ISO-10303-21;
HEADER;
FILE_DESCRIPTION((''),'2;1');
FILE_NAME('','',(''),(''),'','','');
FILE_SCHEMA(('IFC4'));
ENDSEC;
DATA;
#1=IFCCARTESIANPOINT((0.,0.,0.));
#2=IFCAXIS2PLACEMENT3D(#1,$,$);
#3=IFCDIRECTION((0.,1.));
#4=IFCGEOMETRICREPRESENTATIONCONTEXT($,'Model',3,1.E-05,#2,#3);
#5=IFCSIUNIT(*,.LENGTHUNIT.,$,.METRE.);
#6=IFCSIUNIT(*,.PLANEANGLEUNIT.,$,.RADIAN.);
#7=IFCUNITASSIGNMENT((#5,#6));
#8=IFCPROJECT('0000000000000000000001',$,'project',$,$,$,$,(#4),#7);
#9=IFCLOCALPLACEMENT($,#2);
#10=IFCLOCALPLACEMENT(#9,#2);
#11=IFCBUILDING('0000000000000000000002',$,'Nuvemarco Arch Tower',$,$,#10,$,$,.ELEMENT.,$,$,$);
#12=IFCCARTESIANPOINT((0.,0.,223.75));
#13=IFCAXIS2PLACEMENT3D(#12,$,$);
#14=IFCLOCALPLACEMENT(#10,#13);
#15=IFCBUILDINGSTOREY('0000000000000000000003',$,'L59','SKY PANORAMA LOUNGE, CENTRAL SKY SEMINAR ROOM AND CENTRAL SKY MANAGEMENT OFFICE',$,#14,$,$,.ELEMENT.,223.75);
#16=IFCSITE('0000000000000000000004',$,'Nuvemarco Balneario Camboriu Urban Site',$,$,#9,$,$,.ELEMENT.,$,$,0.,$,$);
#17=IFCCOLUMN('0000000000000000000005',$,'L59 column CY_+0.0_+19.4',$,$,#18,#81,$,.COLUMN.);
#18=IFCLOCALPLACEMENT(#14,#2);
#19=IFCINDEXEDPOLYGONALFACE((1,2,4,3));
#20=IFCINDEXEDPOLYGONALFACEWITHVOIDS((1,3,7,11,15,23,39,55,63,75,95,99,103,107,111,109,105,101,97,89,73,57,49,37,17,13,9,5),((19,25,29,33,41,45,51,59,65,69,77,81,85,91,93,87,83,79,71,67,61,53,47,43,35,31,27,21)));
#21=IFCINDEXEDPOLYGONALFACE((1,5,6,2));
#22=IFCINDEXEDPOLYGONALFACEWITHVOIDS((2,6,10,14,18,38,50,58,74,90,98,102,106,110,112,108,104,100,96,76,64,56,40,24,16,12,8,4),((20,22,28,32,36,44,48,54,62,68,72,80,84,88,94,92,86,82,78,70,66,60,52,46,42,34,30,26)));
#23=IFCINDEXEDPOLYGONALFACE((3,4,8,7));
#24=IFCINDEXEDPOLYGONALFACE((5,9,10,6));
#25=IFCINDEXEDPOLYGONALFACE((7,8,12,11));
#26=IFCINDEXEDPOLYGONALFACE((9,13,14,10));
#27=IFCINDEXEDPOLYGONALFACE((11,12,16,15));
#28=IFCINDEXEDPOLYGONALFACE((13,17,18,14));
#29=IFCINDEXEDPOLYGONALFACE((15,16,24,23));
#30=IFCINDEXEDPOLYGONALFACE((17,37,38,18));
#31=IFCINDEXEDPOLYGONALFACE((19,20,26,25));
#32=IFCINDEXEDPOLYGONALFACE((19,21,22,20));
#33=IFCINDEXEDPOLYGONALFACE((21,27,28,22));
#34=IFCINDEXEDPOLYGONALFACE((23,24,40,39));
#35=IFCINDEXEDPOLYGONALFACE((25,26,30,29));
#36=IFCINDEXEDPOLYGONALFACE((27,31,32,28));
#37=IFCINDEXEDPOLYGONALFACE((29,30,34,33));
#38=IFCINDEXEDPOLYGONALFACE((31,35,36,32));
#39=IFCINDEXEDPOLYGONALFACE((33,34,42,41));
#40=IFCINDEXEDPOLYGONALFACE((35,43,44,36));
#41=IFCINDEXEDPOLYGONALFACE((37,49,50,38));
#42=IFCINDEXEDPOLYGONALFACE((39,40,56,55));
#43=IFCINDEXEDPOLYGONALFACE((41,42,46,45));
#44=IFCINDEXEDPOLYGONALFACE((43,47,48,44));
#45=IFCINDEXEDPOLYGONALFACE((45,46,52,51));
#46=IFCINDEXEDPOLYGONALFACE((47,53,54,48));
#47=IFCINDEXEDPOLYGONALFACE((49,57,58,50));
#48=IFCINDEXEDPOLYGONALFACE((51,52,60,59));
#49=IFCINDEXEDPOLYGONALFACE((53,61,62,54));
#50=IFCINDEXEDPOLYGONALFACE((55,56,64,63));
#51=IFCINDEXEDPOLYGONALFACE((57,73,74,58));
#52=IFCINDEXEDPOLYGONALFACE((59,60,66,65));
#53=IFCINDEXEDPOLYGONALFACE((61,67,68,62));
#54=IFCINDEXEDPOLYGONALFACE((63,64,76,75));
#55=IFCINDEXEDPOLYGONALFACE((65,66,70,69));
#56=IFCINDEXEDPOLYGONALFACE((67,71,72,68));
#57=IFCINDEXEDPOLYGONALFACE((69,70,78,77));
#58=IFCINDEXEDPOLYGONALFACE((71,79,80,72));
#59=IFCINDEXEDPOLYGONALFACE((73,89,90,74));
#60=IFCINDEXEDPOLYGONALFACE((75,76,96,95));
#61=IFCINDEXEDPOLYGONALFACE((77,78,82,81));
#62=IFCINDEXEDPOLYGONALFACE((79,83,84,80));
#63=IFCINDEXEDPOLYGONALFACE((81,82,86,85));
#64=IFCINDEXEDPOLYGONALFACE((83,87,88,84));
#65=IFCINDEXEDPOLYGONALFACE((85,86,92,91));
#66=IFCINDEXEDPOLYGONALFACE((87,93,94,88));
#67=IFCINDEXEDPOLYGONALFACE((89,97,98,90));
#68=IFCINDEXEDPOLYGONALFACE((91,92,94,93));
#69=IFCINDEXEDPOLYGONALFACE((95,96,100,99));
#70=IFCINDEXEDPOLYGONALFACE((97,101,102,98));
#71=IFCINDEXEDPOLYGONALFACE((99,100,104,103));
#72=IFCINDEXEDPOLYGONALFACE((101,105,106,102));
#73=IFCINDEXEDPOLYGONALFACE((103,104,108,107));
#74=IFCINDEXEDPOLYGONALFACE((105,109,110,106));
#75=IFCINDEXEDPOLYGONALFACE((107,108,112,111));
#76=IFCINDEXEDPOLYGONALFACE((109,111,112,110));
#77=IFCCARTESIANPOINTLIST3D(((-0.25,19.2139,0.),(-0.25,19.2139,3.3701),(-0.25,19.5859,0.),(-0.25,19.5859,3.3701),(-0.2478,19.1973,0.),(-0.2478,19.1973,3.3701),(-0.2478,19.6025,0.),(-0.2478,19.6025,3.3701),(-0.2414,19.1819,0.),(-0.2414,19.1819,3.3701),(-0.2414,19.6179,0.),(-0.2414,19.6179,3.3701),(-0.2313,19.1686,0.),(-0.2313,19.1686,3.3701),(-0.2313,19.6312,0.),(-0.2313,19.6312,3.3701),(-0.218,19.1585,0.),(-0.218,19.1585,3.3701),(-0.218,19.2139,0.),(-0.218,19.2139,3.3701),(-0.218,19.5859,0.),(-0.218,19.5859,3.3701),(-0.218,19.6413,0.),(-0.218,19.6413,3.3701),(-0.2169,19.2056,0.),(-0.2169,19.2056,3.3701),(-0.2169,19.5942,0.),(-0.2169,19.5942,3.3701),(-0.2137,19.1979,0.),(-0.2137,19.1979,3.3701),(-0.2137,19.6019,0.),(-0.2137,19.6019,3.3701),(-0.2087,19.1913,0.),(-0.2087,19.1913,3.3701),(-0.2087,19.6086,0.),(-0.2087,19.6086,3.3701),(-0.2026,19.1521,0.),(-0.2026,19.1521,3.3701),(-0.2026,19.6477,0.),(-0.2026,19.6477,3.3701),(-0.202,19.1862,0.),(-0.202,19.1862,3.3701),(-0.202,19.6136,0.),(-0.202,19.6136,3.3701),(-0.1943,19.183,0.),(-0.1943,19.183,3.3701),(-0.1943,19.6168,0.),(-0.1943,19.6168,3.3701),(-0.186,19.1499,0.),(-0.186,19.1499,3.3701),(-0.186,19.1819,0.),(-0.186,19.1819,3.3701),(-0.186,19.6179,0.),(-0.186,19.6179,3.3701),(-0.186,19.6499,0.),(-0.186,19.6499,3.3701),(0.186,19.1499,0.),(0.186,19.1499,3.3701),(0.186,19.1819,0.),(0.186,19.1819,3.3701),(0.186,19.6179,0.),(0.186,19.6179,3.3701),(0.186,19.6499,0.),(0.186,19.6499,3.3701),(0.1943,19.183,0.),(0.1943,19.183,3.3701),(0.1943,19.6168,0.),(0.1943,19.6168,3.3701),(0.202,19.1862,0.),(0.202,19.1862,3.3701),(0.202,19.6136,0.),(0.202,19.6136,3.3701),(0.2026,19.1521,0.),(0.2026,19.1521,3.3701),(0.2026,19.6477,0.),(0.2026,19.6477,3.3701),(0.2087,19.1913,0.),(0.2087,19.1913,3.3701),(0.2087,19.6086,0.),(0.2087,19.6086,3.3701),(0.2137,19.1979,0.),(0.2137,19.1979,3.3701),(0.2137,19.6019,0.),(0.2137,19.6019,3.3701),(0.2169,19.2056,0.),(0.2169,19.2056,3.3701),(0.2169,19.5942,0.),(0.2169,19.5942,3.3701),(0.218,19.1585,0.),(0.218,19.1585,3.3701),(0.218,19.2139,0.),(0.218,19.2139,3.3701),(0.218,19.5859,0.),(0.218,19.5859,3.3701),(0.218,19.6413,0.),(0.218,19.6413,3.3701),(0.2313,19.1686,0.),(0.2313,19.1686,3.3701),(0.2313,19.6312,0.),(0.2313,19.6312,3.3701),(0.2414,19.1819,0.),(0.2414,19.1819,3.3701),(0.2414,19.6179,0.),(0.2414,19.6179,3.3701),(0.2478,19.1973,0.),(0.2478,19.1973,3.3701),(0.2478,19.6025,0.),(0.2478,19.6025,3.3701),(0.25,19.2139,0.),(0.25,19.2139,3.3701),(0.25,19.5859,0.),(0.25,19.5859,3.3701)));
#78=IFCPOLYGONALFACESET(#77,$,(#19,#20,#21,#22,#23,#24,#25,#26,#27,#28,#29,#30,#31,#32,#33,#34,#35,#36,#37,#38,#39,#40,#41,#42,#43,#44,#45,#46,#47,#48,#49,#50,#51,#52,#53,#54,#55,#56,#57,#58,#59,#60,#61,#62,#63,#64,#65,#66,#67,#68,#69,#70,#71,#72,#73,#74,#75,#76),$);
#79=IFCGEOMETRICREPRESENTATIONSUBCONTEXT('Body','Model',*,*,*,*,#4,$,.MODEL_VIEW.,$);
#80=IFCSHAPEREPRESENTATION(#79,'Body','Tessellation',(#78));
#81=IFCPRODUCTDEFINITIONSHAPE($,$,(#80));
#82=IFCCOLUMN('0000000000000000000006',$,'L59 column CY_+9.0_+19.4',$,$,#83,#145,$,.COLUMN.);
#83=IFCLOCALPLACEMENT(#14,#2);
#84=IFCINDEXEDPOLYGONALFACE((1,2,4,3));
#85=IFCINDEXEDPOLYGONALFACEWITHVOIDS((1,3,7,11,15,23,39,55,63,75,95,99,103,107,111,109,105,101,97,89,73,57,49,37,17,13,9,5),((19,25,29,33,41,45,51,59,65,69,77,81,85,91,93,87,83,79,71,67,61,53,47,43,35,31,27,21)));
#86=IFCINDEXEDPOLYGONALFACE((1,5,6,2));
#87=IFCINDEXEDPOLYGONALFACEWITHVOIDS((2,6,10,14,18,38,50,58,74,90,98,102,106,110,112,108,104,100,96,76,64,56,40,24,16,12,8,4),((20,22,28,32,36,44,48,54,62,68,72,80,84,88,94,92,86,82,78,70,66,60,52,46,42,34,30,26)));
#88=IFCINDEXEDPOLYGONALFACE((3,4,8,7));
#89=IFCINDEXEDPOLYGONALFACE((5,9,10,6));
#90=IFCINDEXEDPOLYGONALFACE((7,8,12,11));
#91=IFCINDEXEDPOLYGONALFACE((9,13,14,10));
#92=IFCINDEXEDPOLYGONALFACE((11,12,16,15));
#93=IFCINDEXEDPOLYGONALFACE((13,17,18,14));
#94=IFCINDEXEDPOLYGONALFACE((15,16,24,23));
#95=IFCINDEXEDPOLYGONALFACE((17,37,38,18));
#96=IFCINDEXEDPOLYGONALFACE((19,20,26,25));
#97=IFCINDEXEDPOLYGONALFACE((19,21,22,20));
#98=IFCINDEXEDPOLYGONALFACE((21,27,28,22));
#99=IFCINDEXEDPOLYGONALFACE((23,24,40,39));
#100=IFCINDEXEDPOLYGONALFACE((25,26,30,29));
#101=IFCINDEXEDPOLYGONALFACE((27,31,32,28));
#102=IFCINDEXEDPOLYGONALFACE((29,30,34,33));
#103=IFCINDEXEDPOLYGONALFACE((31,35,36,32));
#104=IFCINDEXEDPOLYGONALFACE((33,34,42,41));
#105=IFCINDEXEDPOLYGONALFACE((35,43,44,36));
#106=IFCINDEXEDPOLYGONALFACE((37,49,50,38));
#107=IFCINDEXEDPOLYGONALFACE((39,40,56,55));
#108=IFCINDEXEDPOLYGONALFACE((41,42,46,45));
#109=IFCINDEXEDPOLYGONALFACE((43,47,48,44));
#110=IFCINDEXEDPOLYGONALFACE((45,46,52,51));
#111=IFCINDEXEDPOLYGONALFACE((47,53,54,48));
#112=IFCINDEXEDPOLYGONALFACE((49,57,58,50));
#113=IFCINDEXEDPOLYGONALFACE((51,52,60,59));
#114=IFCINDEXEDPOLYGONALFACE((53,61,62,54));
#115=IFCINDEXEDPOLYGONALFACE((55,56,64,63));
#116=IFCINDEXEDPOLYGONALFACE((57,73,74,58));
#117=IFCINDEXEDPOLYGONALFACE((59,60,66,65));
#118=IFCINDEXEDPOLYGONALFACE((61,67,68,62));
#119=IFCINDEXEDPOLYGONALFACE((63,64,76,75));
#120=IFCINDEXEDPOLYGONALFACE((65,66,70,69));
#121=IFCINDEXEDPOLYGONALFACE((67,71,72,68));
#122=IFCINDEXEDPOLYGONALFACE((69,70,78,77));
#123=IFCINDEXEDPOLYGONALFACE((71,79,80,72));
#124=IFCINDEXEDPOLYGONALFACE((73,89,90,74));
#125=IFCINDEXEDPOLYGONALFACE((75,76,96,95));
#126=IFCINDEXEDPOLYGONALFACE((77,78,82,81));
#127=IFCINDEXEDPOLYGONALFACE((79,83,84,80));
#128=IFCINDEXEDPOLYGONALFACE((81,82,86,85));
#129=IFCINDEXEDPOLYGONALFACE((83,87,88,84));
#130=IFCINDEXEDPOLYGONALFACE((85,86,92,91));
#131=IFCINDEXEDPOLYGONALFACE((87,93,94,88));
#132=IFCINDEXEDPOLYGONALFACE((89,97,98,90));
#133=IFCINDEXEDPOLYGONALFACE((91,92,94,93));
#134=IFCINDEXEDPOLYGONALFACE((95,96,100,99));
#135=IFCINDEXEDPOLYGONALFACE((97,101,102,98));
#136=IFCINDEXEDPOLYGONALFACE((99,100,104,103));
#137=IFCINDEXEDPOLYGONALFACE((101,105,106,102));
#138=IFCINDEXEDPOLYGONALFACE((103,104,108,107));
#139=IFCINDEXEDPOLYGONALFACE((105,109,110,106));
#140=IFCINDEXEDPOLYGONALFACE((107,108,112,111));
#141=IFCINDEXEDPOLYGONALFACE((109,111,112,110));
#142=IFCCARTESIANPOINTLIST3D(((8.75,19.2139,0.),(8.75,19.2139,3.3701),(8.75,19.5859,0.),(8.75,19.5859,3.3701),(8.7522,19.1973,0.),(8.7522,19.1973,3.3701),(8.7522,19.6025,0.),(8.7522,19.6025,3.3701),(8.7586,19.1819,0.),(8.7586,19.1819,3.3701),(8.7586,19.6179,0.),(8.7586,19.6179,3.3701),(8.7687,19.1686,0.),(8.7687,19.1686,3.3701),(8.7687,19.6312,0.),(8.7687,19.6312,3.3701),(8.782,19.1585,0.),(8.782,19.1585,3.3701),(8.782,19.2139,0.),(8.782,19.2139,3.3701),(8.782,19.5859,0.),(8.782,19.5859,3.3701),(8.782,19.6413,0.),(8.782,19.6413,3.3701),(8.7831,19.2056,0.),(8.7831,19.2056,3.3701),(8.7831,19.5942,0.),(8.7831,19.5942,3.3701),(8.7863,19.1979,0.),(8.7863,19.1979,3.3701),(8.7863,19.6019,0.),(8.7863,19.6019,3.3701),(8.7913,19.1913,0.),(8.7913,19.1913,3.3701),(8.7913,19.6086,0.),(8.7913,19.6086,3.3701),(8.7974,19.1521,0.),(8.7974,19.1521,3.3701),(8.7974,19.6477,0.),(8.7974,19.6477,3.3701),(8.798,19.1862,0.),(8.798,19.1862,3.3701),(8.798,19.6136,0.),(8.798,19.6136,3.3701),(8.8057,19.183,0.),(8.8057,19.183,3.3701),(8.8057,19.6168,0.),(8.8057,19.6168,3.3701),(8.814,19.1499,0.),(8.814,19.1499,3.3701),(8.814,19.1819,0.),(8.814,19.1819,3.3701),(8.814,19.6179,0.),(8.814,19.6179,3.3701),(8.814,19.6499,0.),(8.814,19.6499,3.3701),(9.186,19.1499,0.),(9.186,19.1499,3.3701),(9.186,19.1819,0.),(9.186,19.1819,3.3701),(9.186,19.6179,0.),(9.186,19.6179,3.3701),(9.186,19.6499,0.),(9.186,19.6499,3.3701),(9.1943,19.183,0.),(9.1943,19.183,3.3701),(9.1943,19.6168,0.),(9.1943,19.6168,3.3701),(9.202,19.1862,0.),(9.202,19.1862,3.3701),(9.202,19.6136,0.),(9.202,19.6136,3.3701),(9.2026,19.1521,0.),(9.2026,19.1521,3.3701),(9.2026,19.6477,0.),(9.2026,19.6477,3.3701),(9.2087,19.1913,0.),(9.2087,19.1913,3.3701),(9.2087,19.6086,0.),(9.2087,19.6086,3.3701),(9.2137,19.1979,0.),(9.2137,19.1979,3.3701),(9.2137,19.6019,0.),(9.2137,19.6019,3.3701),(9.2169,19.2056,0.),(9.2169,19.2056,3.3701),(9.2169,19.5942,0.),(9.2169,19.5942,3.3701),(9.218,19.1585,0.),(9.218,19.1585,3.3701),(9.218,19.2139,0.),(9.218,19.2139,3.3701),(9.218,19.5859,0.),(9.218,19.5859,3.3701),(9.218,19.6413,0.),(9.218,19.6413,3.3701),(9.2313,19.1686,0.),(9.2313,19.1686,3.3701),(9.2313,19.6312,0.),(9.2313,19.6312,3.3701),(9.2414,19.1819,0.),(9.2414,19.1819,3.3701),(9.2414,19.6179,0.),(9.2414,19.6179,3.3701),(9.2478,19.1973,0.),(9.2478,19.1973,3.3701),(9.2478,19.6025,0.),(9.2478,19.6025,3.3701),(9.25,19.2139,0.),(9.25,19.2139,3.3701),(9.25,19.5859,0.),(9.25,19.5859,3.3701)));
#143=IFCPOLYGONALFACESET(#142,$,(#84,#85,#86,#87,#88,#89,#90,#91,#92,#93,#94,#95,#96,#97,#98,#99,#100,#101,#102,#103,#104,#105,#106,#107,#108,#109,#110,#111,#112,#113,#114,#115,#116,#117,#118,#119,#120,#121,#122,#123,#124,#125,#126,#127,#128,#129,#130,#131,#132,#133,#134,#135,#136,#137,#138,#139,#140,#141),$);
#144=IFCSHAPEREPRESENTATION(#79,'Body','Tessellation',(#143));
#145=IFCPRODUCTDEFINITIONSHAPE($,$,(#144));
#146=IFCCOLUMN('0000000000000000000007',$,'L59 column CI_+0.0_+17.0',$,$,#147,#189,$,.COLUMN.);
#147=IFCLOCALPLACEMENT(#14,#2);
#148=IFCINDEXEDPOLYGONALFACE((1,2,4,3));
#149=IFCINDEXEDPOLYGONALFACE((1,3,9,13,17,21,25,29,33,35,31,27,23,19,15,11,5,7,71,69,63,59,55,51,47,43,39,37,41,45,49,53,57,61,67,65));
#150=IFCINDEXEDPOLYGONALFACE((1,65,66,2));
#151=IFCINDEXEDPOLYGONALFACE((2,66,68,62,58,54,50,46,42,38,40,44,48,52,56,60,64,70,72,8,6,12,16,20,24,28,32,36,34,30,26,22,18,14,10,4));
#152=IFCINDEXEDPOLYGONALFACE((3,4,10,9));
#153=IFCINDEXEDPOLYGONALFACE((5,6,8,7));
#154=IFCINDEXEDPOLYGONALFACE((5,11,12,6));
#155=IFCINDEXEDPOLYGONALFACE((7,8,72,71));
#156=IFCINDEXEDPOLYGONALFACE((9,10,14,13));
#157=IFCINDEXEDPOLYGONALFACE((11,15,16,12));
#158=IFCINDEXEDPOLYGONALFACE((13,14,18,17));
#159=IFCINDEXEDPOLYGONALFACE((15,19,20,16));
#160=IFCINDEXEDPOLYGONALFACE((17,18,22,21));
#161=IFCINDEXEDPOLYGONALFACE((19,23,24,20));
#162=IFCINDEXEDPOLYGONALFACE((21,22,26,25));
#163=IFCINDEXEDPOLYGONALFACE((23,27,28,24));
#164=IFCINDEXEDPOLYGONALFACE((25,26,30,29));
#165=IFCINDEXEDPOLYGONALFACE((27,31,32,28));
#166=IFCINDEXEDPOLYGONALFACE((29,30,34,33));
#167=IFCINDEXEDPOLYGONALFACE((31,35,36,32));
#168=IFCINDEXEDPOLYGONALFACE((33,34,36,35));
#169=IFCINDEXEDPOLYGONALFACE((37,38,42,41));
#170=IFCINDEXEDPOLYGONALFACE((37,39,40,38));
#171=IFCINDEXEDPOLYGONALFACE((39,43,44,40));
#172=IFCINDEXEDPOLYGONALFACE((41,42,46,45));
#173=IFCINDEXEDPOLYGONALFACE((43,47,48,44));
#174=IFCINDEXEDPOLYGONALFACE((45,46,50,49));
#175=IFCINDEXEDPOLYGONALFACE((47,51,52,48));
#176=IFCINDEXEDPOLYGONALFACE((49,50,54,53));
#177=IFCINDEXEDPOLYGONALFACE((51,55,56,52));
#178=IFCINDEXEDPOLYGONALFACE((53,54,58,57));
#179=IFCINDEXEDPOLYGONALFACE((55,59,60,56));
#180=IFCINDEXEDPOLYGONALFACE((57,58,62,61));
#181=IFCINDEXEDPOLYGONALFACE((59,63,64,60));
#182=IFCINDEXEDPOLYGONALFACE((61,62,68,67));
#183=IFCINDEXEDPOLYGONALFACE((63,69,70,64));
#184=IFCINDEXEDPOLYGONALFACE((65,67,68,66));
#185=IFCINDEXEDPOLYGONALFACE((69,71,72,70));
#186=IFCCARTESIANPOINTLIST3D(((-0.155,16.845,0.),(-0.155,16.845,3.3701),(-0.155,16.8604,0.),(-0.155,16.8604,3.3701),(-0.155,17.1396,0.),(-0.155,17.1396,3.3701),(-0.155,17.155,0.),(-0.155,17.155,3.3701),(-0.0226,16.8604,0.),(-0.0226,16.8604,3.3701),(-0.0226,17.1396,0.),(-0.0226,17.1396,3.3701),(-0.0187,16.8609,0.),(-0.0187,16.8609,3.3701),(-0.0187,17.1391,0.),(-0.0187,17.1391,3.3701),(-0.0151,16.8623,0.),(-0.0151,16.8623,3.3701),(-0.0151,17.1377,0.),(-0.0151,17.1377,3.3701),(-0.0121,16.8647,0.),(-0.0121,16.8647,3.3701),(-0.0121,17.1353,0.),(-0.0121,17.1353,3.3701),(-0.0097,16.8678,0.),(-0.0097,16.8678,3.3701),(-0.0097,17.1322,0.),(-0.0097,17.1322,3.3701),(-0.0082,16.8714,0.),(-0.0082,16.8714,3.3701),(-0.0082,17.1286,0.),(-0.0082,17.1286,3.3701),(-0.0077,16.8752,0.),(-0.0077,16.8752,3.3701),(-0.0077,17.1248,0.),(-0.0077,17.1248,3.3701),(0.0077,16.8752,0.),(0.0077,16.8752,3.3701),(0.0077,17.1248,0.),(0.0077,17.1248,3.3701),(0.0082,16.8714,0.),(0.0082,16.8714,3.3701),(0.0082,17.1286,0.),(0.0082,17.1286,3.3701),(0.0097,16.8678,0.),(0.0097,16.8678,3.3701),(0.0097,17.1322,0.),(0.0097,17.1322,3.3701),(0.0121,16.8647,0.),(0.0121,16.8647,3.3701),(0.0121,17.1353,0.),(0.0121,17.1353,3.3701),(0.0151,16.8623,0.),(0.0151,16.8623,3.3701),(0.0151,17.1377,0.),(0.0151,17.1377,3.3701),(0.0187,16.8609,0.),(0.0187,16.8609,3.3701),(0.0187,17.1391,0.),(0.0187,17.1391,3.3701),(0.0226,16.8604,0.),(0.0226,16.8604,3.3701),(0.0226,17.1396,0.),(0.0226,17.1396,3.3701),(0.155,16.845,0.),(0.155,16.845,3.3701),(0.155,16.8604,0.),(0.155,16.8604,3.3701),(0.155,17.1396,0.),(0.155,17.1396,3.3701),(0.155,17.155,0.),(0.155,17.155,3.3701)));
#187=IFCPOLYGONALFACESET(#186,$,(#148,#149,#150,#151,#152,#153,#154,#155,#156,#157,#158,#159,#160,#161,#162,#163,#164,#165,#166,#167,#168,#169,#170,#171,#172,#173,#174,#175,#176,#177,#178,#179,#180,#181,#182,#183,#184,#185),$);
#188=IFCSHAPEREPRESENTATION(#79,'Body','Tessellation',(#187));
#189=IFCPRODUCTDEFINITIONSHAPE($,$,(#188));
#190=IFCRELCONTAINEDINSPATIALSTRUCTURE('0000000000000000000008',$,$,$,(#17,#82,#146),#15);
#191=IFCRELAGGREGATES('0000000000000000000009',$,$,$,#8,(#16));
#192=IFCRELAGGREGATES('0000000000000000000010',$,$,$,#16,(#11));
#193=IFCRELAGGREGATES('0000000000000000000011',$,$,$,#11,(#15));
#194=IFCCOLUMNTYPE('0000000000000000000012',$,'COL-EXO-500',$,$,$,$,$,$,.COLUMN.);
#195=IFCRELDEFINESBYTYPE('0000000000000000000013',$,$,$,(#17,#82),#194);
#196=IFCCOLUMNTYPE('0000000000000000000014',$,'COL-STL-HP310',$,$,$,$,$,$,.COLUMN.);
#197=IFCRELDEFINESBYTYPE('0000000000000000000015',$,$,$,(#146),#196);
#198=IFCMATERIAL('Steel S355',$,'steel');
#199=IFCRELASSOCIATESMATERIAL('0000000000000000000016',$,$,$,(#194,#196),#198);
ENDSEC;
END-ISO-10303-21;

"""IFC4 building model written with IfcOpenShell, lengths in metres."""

from ifc_helpers import new_model, si_unit, direction, frame, origin, origin_2d, place, context, subcontext, project, spatial, hollow_rectangle, i_section, extrude, material, material_profile, profile_set, type_object, element, save


model = new_model("IFC4")

# Units and contexts
model_context = context("Model", 3, precision=1e-05, world=origin(), true_north=direction((0.0, 1.0)))
body_context = subcontext(model_context, "Body", "Model", "MODEL_VIEW")
ifc_project = project(units=[si_unit("LENGTHUNIT", "METRE"), si_unit("PLANEANGLEUNIT", "RADIAN")], contexts=[model_context])

# Site, building, storey
site_placement = place(None, origin())
site = spatial("IfcSite", under=ifc_project, at=site_placement, Name="Nuvemarco Balneario Camboriu Urban Site", CompositionType="ELEMENT", RefElevation=0.0)
building_placement = place(site_placement, origin())
building = spatial("IfcBuilding", under=site, at=building_placement, Name="Nuvemarco Arch Tower", CompositionType="ELEMENT")
storey_placement = place(building_placement, frame((0.0, 0.0, 223.75)))
storey = spatial("IfcBuildingStorey", under=building, at=storey_placement, Name="L59", Description="SKY PANORAMA LOUNGE, CENTRAL SKY SEMINAR ROOM AND CENTRAL SKY MANAGEMENT OFFICE", CompositionType="ELEMENT", Elevation=223.75)

# Columns
ifc_material_1 = material(Name="Steel S355", Category="steel")
ifc_material_profile_1 = material_profile(ifc_material_1, hollow_rectangle(XDim=0.5, YDim=0.5, WallThickness=0.032, InnerFilletRadius=0.032, OuterFilletRadius=0.064, at=origin_2d()), Name="SHS500x500x32")
ifc_profile_set_1 = profile_set([ifc_material_profile_1], Name="Steel S355")
column_type_1 = type_object("IfcColumnType", Name="COL-EXO-500", PredefinedType="COLUMN", material=ifc_profile_set_1)
for number, where, z_axis, x_axis, name in (
    (1, (0.0, 19.3999, 0.0), (0.0, 0.0, 1.0), (1.0, 0.0, 0.0), "L59 column CY_+0.0_+19.4"),
    (2, (9.0, 19.3999, 0.0), (0.0, 0.0, 1.0), (1.0, 0.0, 0.0), "L59 column CY_+9.0_+19.4"),
):
    element("IfcColumn", number, at=place(storey_placement, frame(where, z_axis=z_axis, x_axis=x_axis)), inside=storey, type_object=column_type_1, Name=name, PredefinedType="COLUMN", context=body_context, shape_type="SweptSolid", body=[
        extrude(hollow_rectangle(XDim=0.5, YDim=0.5, WallThickness=0.032, InnerFilletRadius=0.032, OuterFilletRadius=0.064, at=origin_2d()), origin(), (0.0, 0.0, 1.0), 3.3701),
    ])
ifc_material_profile_2 = material_profile(ifc_material_1, i_section(OverallWidth=0.3101, OverallDepth=0.3101, WebThickness=0.0154, FlangeThickness=0.0154, FilletRadius=0.0149, at=origin_2d()), Name="HP310x110")
ifc_profile_set_2 = profile_set([ifc_material_profile_2], Name="Steel S355")
column_type_2 = type_object("IfcColumnType", Name="COL-STL-HP310", PredefinedType="COLUMN", material=ifc_profile_set_2)
for number, where, z_axis, x_axis, name in (
    (3, (0.0, 17.0, 0.0), (0.0, 0.0, 1.0), (1.0, 0.0, 0.0), "L59 column CI_+0.0_+17.0"),
):
    element("IfcColumn", number, at=place(storey_placement, frame(where, z_axis=z_axis, x_axis=x_axis)), inside=storey, type_object=column_type_2, Name=name, PredefinedType="COLUMN", context=body_context, shape_type="SweptSolid", body=[
        extrude(i_section(OverallWidth=0.3101, OverallDepth=0.3101, WebThickness=0.0154, FlangeThickness=0.0154, FilletRadius=0.0149, at=origin_2d()), origin(), (0.0, 0.0, 1.0), 3.3701),
    ])

save(model, "model.ifc")
